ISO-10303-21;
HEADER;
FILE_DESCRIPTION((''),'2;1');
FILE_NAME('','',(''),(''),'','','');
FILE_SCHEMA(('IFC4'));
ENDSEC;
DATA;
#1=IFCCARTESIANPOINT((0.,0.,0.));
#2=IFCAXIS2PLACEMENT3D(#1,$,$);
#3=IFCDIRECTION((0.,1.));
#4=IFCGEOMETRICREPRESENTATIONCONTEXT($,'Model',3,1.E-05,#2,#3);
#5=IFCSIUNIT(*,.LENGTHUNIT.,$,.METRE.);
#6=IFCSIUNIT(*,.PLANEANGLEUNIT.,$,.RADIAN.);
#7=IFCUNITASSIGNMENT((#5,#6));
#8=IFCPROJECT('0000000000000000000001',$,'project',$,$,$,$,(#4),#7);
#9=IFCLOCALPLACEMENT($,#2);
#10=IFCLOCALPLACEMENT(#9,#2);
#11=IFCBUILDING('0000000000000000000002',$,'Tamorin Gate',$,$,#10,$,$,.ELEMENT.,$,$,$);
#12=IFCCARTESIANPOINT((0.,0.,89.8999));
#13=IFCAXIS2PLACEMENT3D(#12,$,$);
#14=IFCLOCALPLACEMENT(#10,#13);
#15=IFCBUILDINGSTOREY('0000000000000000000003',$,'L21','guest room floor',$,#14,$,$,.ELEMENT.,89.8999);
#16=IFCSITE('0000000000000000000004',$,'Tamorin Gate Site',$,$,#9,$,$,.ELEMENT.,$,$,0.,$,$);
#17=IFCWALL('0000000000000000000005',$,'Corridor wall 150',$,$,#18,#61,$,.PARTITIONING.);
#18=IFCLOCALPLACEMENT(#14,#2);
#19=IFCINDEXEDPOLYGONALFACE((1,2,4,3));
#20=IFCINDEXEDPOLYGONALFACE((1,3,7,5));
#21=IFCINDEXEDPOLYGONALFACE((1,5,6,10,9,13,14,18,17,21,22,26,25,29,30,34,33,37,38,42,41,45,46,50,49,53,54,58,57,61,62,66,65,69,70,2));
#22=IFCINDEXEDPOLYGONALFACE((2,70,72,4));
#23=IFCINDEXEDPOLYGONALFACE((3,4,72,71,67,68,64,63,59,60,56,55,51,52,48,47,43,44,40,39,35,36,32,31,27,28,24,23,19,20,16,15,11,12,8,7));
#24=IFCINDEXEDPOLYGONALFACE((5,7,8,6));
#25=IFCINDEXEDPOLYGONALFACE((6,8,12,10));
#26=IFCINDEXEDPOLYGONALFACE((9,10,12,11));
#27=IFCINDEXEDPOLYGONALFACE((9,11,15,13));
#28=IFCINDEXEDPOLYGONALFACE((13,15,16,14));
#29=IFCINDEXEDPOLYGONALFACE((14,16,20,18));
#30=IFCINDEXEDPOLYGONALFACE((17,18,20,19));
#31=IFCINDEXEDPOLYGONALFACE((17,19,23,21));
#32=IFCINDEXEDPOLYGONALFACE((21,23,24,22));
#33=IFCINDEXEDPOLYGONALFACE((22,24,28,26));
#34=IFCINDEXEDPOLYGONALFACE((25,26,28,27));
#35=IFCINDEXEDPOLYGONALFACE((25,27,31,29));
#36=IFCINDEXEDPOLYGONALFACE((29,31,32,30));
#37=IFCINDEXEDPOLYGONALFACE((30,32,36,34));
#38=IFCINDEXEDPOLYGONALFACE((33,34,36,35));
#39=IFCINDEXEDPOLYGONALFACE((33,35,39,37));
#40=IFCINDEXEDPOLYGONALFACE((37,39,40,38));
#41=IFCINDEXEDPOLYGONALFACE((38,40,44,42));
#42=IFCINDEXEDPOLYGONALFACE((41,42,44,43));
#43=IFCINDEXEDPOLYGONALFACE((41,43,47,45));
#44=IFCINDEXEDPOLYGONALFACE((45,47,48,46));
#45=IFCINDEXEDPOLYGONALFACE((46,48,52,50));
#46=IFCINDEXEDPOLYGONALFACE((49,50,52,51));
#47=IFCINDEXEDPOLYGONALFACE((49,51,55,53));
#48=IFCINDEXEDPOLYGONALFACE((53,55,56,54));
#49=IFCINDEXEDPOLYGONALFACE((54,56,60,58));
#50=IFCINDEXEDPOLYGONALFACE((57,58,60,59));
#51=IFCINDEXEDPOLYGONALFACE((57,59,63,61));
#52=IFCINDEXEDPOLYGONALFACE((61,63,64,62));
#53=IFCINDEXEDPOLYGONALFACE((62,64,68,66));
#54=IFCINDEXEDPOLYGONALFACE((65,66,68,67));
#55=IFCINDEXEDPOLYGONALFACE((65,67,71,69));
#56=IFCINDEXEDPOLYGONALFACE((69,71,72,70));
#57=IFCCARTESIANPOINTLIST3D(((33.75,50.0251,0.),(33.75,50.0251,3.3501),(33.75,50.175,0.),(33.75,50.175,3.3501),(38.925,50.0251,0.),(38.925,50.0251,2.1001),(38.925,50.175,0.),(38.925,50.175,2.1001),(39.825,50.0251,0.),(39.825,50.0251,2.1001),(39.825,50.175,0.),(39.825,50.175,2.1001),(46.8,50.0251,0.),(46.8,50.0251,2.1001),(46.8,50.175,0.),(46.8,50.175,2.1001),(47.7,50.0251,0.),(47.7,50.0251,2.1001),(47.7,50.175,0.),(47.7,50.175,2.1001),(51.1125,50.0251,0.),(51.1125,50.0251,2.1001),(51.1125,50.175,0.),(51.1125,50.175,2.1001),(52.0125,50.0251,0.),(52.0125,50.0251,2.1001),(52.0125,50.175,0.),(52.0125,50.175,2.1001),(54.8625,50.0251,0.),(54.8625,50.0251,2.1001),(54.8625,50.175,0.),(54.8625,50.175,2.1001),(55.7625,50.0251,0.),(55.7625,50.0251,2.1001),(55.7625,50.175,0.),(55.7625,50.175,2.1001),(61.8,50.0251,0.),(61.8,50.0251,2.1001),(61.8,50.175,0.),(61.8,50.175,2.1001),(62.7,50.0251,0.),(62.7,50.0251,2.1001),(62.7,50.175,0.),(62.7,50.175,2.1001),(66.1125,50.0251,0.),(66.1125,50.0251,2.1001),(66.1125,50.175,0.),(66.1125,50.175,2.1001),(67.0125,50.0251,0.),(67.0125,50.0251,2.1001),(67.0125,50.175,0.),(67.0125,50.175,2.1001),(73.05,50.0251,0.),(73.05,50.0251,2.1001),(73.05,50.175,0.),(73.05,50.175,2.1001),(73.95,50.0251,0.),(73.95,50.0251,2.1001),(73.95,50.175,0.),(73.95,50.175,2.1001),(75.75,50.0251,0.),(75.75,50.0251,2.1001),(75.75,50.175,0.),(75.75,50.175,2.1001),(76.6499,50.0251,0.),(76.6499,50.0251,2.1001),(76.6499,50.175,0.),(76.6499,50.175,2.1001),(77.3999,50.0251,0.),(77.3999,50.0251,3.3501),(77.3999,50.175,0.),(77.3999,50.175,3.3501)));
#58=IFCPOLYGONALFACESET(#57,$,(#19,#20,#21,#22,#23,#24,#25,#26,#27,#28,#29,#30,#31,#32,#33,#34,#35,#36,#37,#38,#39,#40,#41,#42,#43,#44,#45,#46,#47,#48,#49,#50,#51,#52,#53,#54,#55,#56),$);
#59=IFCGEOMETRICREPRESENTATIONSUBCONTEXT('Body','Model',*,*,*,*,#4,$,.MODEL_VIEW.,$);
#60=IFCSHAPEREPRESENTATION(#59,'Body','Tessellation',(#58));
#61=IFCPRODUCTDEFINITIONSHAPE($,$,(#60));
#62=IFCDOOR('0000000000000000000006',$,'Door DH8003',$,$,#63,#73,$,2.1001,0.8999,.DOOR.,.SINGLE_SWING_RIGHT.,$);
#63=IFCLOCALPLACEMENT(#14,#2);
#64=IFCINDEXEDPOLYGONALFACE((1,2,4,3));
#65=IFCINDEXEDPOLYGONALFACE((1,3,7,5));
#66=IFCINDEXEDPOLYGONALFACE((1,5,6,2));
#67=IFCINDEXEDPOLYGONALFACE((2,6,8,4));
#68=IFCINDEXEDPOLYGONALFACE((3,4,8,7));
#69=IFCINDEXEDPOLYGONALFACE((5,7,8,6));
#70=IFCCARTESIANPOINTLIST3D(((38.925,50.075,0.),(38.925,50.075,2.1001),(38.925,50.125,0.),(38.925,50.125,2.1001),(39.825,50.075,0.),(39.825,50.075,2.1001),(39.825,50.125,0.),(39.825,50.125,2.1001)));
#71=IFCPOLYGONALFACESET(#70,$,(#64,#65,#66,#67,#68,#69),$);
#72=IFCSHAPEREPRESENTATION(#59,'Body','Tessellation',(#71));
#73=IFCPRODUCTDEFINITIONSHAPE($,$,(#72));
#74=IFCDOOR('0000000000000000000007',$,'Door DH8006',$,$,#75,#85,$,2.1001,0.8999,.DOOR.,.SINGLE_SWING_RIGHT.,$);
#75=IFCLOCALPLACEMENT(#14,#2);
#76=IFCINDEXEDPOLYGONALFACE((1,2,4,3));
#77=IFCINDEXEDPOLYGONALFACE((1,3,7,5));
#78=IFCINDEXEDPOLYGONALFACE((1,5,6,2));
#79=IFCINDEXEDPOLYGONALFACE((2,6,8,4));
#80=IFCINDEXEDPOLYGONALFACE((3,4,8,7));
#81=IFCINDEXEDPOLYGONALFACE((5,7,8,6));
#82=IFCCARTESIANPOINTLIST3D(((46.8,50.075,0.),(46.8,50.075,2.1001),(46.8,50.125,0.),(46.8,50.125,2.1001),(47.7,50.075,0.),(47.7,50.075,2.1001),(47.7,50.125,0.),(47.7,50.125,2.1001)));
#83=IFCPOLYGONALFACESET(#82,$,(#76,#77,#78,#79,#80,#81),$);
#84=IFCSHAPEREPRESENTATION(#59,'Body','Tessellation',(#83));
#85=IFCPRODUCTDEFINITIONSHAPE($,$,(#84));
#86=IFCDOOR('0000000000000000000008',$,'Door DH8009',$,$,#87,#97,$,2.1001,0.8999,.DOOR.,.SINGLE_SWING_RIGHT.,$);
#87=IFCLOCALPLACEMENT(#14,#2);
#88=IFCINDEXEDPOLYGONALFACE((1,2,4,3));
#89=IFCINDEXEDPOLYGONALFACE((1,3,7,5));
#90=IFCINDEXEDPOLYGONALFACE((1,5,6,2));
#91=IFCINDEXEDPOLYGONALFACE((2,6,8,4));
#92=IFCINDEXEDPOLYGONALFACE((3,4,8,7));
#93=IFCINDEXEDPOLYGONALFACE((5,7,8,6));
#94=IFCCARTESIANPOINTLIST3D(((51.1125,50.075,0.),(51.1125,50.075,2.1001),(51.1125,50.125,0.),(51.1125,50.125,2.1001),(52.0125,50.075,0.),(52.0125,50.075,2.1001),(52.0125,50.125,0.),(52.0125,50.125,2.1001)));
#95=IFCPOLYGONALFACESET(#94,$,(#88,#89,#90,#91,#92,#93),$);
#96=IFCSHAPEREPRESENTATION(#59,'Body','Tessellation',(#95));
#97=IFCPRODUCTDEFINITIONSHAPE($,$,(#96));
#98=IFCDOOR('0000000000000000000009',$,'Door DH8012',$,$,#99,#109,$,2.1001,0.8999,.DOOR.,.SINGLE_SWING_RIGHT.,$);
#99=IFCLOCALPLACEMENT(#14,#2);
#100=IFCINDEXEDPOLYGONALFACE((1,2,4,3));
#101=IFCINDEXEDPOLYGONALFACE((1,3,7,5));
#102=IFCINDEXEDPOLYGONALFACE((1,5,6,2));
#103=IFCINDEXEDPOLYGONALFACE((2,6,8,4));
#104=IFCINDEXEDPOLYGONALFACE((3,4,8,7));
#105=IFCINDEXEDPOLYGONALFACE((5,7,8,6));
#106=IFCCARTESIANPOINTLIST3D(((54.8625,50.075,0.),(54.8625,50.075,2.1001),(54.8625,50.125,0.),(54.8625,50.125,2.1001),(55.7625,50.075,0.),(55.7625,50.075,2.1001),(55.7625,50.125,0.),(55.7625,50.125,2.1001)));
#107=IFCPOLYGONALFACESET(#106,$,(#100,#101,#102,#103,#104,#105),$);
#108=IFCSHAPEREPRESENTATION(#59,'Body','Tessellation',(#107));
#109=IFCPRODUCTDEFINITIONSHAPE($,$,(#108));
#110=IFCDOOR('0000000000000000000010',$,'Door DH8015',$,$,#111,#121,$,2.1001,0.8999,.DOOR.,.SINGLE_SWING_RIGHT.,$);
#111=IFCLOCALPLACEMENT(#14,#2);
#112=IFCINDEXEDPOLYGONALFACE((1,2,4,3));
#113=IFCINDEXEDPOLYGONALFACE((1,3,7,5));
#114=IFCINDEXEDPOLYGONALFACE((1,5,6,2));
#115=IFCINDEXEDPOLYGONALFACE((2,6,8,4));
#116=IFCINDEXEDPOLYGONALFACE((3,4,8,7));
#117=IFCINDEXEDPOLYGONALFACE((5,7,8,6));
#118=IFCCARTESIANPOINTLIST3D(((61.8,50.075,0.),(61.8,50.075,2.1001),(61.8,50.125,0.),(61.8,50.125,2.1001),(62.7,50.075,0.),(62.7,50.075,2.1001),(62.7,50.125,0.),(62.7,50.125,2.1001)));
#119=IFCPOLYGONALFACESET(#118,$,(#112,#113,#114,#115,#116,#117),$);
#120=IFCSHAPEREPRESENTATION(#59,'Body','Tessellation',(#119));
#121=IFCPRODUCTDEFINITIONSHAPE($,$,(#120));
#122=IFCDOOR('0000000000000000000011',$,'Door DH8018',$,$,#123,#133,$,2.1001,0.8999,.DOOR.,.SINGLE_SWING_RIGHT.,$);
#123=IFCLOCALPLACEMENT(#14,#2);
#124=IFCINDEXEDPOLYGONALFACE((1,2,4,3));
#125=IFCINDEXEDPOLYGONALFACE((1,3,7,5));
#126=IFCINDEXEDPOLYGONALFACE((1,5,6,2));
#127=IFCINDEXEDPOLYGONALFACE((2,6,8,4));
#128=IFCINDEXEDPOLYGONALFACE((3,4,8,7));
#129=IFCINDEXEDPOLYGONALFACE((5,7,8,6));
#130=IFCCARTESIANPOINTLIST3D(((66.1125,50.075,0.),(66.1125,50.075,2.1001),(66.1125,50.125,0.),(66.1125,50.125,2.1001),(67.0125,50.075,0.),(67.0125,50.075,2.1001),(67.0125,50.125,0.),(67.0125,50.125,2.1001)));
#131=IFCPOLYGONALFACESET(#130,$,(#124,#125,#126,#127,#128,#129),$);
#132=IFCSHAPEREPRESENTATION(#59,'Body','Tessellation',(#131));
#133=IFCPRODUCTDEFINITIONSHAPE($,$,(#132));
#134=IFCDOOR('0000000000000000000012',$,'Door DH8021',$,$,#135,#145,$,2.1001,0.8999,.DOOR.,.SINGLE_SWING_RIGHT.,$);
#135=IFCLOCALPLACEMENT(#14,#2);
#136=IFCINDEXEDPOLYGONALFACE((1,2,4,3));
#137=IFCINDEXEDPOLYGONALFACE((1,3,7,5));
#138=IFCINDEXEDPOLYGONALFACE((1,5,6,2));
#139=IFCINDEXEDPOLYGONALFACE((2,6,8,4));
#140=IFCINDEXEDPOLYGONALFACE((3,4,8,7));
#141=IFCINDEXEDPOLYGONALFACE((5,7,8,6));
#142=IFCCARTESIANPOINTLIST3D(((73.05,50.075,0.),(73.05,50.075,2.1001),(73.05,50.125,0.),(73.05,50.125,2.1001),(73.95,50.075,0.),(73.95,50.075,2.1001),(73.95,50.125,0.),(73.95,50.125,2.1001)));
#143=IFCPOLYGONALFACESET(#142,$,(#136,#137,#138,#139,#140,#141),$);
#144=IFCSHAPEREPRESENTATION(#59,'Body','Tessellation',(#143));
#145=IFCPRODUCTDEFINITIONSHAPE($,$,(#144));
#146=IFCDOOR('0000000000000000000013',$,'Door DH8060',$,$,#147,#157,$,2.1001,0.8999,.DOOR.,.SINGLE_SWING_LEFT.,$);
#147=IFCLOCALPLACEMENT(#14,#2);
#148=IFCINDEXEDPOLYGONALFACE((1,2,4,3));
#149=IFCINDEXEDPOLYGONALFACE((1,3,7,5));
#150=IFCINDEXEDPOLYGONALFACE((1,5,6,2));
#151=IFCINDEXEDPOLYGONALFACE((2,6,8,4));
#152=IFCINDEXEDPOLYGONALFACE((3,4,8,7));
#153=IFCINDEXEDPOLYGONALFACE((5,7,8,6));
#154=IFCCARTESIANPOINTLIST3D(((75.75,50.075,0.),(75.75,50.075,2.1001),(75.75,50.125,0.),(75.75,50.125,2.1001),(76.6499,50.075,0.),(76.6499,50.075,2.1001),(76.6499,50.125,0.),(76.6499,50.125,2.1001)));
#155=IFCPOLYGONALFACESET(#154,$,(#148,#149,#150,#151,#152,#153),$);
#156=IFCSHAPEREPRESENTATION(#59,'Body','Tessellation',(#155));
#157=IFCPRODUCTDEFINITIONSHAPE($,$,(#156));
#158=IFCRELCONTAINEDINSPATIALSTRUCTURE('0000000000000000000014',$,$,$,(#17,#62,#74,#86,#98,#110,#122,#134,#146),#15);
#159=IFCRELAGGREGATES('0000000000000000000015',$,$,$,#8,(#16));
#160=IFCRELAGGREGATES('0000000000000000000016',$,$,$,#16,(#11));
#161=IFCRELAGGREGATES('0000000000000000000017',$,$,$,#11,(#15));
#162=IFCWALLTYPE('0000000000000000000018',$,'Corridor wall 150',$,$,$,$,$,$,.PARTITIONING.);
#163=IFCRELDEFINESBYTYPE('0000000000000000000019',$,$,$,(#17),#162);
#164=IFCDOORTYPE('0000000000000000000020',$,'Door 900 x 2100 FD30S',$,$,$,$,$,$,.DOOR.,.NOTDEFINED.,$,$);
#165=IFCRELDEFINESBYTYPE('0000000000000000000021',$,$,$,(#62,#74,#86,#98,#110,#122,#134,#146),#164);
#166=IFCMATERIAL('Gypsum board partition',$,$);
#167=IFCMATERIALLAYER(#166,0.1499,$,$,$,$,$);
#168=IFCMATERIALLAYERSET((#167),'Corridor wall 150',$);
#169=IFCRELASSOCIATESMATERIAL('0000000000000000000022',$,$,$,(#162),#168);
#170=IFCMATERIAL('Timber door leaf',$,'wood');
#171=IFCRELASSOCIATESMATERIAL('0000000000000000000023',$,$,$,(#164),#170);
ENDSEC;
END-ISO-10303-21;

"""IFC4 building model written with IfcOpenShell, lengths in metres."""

from ifc_helpers import new_model, si_unit, direction, frame, frame_2d, origin, place, context, subcontext, project, spatial, rectangle, extrude, material, layer, layer_set, type_object, element, fill, save


model = new_model("IFC4")

# Units and contexts
model_context = context("Model", 3, precision=1e-05, world=origin(), true_north=direction((0.0, 1.0)))
body_context = subcontext(model_context, "Body", "Model", "MODEL_VIEW")
ifc_project = project(units=[si_unit("LENGTHUNIT", "METRE"), si_unit("PLANEANGLEUNIT", "RADIAN")], contexts=[model_context])

# Site, building, storey
site_placement = place(None, origin())
site = spatial("IfcSite", under=ifc_project, at=site_placement, Name="Tamorin Gate Site", CompositionType="ELEMENT", RefElevation=0.0)
building_placement = place(site_placement, origin())
building = spatial("IfcBuilding", under=site, at=building_placement, Name="Tamorin Gate", CompositionType="ELEMENT")
storey_placement = place(building_placement, frame((0.0, 0.0, 89.8999)))
storey = spatial("IfcBuildingStorey", under=building, at=storey_placement, Name="L21", Description="guest room floor", CompositionType="ELEMENT", Elevation=89.8999)

# Wall, openings, doors
ifc_material_1 = material(Name="Gypsum board partition")
ifc_layer_1 = layer(ifc_material_1, 0.1499)
ifc_layer_set_1 = layer_set([ifc_layer_1], Name="Corridor wall 150")
wall_type_1 = type_object("IfcWallType", Name="Corridor wall 150", PredefinedType="PARTITIONING", material=ifc_layer_set_1)
wall_1_placement = place(storey_placement, frame((33.75, 50.1001, 0.0), z_axis=(0.0, 0.0, 1.0), x_axis=(1.0, 0.0, 0.0)))
wall_1 = element("IfcWall", 1, at=wall_1_placement, inside=storey, type_object=wall_type_1, Name="Corridor wall 150", PredefinedType="PARTITIONING", context=body_context, shape_type="SweptSolid", body=[
    extrude(rectangle(XDim=43.6499, YDim=0.1499, at=frame_2d((21.825, 0.0))), origin(), (0.0, 0.0, 1.0), 3.3501),
])
opening_1_placement = place(wall_1_placement, frame((5.175, 0.0, 0.0)))
opening_1 = element("IfcOpeningElement", 2, at=opening_1_placement, cuts=wall_1, PredefinedType="OPENING", context=body_context, shape_type="SweptSolid", body=[
    extrude(rectangle(XDim=0.8999, YDim=2.1001, at=frame_2d((0.45, 1.05))), frame((0.0, 0.085, 0.0), z_axis=(0.0, -1.0, 0.0), x_axis=(1.0, 0.0, 0.0)), (0.0, 0.0, 1.0), 0.1699),
])
opening_2_placement = place(wall_1_placement, frame((13.05, 0.0, 0.0)))
opening_2 = element("IfcOpeningElement", 3, at=opening_2_placement, cuts=wall_1, PredefinedType="OPENING", context=body_context, shape_type="SweptSolid", body=[
    extrude(rectangle(XDim=0.8999, YDim=2.1001, at=frame_2d((0.45, 1.05))), frame((0.0, 0.085, 0.0), z_axis=(0.0, -1.0, 0.0), x_axis=(1.0, 0.0, 0.0)), (0.0, 0.0, 1.0), 0.1699),
])
opening_3_placement = place(wall_1_placement, frame((17.3625, 0.0, 0.0)))
opening_3 = element("IfcOpeningElement", 4, at=opening_3_placement, cuts=wall_1, PredefinedType="OPENING", context=body_context, shape_type="SweptSolid", body=[
    extrude(rectangle(XDim=0.8999, YDim=2.1001, at=frame_2d((0.45, 1.05))), frame((0.0, 0.085, 0.0), z_axis=(0.0, -1.0, 0.0), x_axis=(1.0, 0.0, 0.0)), (0.0, 0.0, 1.0), 0.1699),
])
opening_4_placement = place(wall_1_placement, frame((21.1125, 0.0, 0.0)))
opening_4 = element("IfcOpeningElement", 5, at=opening_4_placement, cuts=wall_1, PredefinedType="OPENING", context=body_context, shape_type="SweptSolid", body=[
    extrude(rectangle(XDim=0.8999, YDim=2.1001, at=frame_2d((0.45, 1.05))), frame((0.0, 0.085, 0.0), z_axis=(0.0, -1.0, 0.0), x_axis=(1.0, 0.0, 0.0)), (0.0, 0.0, 1.0), 0.1699),
])
opening_5_placement = place(wall_1_placement, frame((28.05, 0.0, 0.0)))
opening_5 = element("IfcOpeningElement", 6, at=opening_5_placement, cuts=wall_1, PredefinedType="OPENING", context=body_context, shape_type="SweptSolid", body=[
    extrude(rectangle(XDim=0.8999, YDim=2.1001, at=frame_2d((0.45, 1.05))), frame((0.0, 0.085, 0.0), z_axis=(0.0, -1.0, 0.0), x_axis=(1.0, 0.0, 0.0)), (0.0, 0.0, 1.0), 0.1699),
])
opening_6_placement = place(wall_1_placement, frame((32.3625, 0.0, 0.0)))
opening_6 = element("IfcOpeningElement", 7, at=opening_6_placement, cuts=wall_1, PredefinedType="OPENING", context=body_context, shape_type="SweptSolid", body=[
    extrude(rectangle(XDim=0.8999, YDim=2.1001, at=frame_2d((0.45, 1.05))), frame((0.0, 0.085, 0.0), z_axis=(0.0, -1.0, 0.0), x_axis=(1.0, 0.0, 0.0)), (0.0, 0.0, 1.0), 0.1699),
])
opening_7_placement = place(wall_1_placement, frame((39.3, 0.0, 0.0)))
opening_7 = element("IfcOpeningElement", 8, at=opening_7_placement, cuts=wall_1, PredefinedType="OPENING", context=body_context, shape_type="SweptSolid", body=[
    extrude(rectangle(XDim=0.8999, YDim=2.1001, at=frame_2d((0.45, 1.05))), frame((0.0, 0.085, 0.0), z_axis=(0.0, -1.0, 0.0), x_axis=(1.0, 0.0, 0.0)), (0.0, 0.0, 1.0), 0.1699),
])
opening_8_placement = place(wall_1_placement, frame((42.0, 0.0, 0.0)))
opening_8 = element("IfcOpeningElement", 9, at=opening_8_placement, cuts=wall_1, PredefinedType="OPENING", context=body_context, shape_type="SweptSolid", body=[
    extrude(rectangle(XDim=0.8999, YDim=2.1001, at=frame_2d((0.45, 1.05))), frame((0.0, 0.085, 0.0), z_axis=(0.0, -1.0, 0.0), x_axis=(1.0, 0.0, 0.0)), (0.0, 0.0, 1.0), 0.1699),
])
ifc_material_2 = material(Name="Timber door leaf", Category="wood")
door_type_1 = type_object("IfcDoorType", Name="Door 900 x 2100 FD30S", OperationType="NOTDEFINED", PredefinedType="DOOR", material=ifc_material_2)
door_1_placement = place(opening_1_placement, origin())
door_1 = element("IfcDoor", 10, at=door_1_placement, inside=storey, type_object=door_type_1, Name="Door DH8003", OperationType="SINGLE_SWING_RIGHT", OverallHeight=2.1001, OverallWidth=0.8999, PredefinedType="DOOR", context=body_context, shape_type="SweptSolid", body=[
    extrude(rectangle(XDim=0.8999, YDim=2.1001, at=frame_2d((0.45, 1.05))), frame((0.0, 0.0249, 0.0), z_axis=(0.0, -1.0, 0.0), x_axis=(1.0, 0.0, 0.0)), (0.0, 0.0, 1.0), 0.05),
])
fill(opening_1, door_1)
door_2_placement = place(opening_2_placement, origin())
door_2 = element("IfcDoor", 11, at=door_2_placement, inside=storey, type_object=door_type_1, Name="Door DH8006", OperationType="SINGLE_SWING_RIGHT", OverallHeight=2.1001, OverallWidth=0.8999, PredefinedType="DOOR", context=body_context, shape_type="SweptSolid", body=[
    extrude(rectangle(XDim=0.8999, YDim=2.1001, at=frame_2d((0.45, 1.05))), frame((0.0, 0.0249, 0.0), z_axis=(0.0, -1.0, 0.0), x_axis=(1.0, 0.0, 0.0)), (0.0, 0.0, 1.0), 0.05),
])
fill(opening_2, door_2)
door_3_placement = place(opening_3_placement, origin())
door_3 = element("IfcDoor", 12, at=door_3_placement, inside=storey, type_object=door_type_1, Name="Door DH8009", OperationType="SINGLE_SWING_RIGHT", OverallHeight=2.1001, OverallWidth=0.8999, PredefinedType="DOOR", context=body_context, shape_type="SweptSolid", body=[
    extrude(rectangle(XDim=0.8999, YDim=2.1001, at=frame_2d((0.45, 1.05))), frame((0.0, 0.0249, 0.0), z_axis=(0.0, -1.0, 0.0), x_axis=(1.0, 0.0, 0.0)), (0.0, 0.0, 1.0), 0.05),
])
fill(opening_3, door_3)
door_4_placement = place(opening_4_placement, origin())
door_4 = element("IfcDoor", 13, at=door_4_placement, inside=storey, type_object=door_type_1, Name="Door DH8012", OperationType="SINGLE_SWING_RIGHT", OverallHeight=2.1001, OverallWidth=0.8999, PredefinedType="DOOR", context=body_context, shape_type="SweptSolid", body=[
    extrude(rectangle(XDim=0.8999, YDim=2.1001, at=frame_2d((0.45, 1.05))), frame((0.0, 0.0249, 0.0), z_axis=(0.0, -1.0, 0.0), x_axis=(1.0, 0.0, 0.0)), (0.0, 0.0, 1.0), 0.05),
])
fill(opening_4, door_4)
door_5_placement = place(opening_5_placement, origin())
door_5 = element("IfcDoor", 14, at=door_5_placement, inside=storey, type_object=door_type_1, Name="Door DH8015", OperationType="SINGLE_SWING_RIGHT", OverallHeight=2.1001, OverallWidth=0.8999, PredefinedType="DOOR", context=body_context, shape_type="SweptSolid", body=[
    extrude(rectangle(XDim=0.8999, YDim=2.1001, at=frame_2d((0.45, 1.05))), frame((0.0, 0.0249, 0.0), z_axis=(0.0, -1.0, 0.0), x_axis=(1.0, 0.0, 0.0)), (0.0, 0.0, 1.0), 0.05),
])
fill(opening_5, door_5)
door_6_placement = place(opening_6_placement, origin())
door_6 = element("IfcDoor", 15, at=door_6_placement, inside=storey, type_object=door_type_1, Name="Door DH8018", OperationType="SINGLE_SWING_RIGHT", OverallHeight=2.1001, OverallWidth=0.8999, PredefinedType="DOOR", context=body_context, shape_type="SweptSolid", body=[
    extrude(rectangle(XDim=0.8999, YDim=2.1001, at=frame_2d((0.45, 1.05))), frame((0.0, 0.0249, 0.0), z_axis=(0.0, -1.0, 0.0), x_axis=(1.0, 0.0, 0.0)), (0.0, 0.0, 1.0), 0.05),
])
fill(opening_6, door_6)
door_7_placement = place(opening_7_placement, origin())
door_7 = element("IfcDoor", 16, at=door_7_placement, inside=storey, type_object=door_type_1, Name="Door DH8021", OperationType="SINGLE_SWING_RIGHT", OverallHeight=2.1001, OverallWidth=0.8999, PredefinedType="DOOR", context=body_context, shape_type="SweptSolid", body=[
    extrude(rectangle(XDim=0.8999, YDim=2.1001, at=frame_2d((0.45, 1.05))), frame((0.0, 0.0249, 0.0), z_axis=(0.0, -1.0, 0.0), x_axis=(1.0, 0.0, 0.0)), (0.0, 0.0, 1.0), 0.05),
])
fill(opening_7, door_7)
door_8_placement = place(opening_8_placement, origin())
door_8 = element("IfcDoor", 17, at=door_8_placement, inside=storey, type_object=door_type_1, Name="Door DH8060", OperationType="SINGLE_SWING_LEFT", OverallHeight=2.1001, OverallWidth=0.8999, PredefinedType="DOOR", context=body_context, shape_type="SweptSolid", body=[
    extrude(rectangle(XDim=0.8999, YDim=2.1001, at=frame_2d((0.45, 1.05))), frame((0.0, 0.0249, 0.0), z_axis=(0.0, -1.0, 0.0), x_axis=(1.0, 0.0, 0.0)), (0.0, 0.0, 1.0), 0.05),
])
fill(opening_8, door_8)

save(model, "model.ifc")
